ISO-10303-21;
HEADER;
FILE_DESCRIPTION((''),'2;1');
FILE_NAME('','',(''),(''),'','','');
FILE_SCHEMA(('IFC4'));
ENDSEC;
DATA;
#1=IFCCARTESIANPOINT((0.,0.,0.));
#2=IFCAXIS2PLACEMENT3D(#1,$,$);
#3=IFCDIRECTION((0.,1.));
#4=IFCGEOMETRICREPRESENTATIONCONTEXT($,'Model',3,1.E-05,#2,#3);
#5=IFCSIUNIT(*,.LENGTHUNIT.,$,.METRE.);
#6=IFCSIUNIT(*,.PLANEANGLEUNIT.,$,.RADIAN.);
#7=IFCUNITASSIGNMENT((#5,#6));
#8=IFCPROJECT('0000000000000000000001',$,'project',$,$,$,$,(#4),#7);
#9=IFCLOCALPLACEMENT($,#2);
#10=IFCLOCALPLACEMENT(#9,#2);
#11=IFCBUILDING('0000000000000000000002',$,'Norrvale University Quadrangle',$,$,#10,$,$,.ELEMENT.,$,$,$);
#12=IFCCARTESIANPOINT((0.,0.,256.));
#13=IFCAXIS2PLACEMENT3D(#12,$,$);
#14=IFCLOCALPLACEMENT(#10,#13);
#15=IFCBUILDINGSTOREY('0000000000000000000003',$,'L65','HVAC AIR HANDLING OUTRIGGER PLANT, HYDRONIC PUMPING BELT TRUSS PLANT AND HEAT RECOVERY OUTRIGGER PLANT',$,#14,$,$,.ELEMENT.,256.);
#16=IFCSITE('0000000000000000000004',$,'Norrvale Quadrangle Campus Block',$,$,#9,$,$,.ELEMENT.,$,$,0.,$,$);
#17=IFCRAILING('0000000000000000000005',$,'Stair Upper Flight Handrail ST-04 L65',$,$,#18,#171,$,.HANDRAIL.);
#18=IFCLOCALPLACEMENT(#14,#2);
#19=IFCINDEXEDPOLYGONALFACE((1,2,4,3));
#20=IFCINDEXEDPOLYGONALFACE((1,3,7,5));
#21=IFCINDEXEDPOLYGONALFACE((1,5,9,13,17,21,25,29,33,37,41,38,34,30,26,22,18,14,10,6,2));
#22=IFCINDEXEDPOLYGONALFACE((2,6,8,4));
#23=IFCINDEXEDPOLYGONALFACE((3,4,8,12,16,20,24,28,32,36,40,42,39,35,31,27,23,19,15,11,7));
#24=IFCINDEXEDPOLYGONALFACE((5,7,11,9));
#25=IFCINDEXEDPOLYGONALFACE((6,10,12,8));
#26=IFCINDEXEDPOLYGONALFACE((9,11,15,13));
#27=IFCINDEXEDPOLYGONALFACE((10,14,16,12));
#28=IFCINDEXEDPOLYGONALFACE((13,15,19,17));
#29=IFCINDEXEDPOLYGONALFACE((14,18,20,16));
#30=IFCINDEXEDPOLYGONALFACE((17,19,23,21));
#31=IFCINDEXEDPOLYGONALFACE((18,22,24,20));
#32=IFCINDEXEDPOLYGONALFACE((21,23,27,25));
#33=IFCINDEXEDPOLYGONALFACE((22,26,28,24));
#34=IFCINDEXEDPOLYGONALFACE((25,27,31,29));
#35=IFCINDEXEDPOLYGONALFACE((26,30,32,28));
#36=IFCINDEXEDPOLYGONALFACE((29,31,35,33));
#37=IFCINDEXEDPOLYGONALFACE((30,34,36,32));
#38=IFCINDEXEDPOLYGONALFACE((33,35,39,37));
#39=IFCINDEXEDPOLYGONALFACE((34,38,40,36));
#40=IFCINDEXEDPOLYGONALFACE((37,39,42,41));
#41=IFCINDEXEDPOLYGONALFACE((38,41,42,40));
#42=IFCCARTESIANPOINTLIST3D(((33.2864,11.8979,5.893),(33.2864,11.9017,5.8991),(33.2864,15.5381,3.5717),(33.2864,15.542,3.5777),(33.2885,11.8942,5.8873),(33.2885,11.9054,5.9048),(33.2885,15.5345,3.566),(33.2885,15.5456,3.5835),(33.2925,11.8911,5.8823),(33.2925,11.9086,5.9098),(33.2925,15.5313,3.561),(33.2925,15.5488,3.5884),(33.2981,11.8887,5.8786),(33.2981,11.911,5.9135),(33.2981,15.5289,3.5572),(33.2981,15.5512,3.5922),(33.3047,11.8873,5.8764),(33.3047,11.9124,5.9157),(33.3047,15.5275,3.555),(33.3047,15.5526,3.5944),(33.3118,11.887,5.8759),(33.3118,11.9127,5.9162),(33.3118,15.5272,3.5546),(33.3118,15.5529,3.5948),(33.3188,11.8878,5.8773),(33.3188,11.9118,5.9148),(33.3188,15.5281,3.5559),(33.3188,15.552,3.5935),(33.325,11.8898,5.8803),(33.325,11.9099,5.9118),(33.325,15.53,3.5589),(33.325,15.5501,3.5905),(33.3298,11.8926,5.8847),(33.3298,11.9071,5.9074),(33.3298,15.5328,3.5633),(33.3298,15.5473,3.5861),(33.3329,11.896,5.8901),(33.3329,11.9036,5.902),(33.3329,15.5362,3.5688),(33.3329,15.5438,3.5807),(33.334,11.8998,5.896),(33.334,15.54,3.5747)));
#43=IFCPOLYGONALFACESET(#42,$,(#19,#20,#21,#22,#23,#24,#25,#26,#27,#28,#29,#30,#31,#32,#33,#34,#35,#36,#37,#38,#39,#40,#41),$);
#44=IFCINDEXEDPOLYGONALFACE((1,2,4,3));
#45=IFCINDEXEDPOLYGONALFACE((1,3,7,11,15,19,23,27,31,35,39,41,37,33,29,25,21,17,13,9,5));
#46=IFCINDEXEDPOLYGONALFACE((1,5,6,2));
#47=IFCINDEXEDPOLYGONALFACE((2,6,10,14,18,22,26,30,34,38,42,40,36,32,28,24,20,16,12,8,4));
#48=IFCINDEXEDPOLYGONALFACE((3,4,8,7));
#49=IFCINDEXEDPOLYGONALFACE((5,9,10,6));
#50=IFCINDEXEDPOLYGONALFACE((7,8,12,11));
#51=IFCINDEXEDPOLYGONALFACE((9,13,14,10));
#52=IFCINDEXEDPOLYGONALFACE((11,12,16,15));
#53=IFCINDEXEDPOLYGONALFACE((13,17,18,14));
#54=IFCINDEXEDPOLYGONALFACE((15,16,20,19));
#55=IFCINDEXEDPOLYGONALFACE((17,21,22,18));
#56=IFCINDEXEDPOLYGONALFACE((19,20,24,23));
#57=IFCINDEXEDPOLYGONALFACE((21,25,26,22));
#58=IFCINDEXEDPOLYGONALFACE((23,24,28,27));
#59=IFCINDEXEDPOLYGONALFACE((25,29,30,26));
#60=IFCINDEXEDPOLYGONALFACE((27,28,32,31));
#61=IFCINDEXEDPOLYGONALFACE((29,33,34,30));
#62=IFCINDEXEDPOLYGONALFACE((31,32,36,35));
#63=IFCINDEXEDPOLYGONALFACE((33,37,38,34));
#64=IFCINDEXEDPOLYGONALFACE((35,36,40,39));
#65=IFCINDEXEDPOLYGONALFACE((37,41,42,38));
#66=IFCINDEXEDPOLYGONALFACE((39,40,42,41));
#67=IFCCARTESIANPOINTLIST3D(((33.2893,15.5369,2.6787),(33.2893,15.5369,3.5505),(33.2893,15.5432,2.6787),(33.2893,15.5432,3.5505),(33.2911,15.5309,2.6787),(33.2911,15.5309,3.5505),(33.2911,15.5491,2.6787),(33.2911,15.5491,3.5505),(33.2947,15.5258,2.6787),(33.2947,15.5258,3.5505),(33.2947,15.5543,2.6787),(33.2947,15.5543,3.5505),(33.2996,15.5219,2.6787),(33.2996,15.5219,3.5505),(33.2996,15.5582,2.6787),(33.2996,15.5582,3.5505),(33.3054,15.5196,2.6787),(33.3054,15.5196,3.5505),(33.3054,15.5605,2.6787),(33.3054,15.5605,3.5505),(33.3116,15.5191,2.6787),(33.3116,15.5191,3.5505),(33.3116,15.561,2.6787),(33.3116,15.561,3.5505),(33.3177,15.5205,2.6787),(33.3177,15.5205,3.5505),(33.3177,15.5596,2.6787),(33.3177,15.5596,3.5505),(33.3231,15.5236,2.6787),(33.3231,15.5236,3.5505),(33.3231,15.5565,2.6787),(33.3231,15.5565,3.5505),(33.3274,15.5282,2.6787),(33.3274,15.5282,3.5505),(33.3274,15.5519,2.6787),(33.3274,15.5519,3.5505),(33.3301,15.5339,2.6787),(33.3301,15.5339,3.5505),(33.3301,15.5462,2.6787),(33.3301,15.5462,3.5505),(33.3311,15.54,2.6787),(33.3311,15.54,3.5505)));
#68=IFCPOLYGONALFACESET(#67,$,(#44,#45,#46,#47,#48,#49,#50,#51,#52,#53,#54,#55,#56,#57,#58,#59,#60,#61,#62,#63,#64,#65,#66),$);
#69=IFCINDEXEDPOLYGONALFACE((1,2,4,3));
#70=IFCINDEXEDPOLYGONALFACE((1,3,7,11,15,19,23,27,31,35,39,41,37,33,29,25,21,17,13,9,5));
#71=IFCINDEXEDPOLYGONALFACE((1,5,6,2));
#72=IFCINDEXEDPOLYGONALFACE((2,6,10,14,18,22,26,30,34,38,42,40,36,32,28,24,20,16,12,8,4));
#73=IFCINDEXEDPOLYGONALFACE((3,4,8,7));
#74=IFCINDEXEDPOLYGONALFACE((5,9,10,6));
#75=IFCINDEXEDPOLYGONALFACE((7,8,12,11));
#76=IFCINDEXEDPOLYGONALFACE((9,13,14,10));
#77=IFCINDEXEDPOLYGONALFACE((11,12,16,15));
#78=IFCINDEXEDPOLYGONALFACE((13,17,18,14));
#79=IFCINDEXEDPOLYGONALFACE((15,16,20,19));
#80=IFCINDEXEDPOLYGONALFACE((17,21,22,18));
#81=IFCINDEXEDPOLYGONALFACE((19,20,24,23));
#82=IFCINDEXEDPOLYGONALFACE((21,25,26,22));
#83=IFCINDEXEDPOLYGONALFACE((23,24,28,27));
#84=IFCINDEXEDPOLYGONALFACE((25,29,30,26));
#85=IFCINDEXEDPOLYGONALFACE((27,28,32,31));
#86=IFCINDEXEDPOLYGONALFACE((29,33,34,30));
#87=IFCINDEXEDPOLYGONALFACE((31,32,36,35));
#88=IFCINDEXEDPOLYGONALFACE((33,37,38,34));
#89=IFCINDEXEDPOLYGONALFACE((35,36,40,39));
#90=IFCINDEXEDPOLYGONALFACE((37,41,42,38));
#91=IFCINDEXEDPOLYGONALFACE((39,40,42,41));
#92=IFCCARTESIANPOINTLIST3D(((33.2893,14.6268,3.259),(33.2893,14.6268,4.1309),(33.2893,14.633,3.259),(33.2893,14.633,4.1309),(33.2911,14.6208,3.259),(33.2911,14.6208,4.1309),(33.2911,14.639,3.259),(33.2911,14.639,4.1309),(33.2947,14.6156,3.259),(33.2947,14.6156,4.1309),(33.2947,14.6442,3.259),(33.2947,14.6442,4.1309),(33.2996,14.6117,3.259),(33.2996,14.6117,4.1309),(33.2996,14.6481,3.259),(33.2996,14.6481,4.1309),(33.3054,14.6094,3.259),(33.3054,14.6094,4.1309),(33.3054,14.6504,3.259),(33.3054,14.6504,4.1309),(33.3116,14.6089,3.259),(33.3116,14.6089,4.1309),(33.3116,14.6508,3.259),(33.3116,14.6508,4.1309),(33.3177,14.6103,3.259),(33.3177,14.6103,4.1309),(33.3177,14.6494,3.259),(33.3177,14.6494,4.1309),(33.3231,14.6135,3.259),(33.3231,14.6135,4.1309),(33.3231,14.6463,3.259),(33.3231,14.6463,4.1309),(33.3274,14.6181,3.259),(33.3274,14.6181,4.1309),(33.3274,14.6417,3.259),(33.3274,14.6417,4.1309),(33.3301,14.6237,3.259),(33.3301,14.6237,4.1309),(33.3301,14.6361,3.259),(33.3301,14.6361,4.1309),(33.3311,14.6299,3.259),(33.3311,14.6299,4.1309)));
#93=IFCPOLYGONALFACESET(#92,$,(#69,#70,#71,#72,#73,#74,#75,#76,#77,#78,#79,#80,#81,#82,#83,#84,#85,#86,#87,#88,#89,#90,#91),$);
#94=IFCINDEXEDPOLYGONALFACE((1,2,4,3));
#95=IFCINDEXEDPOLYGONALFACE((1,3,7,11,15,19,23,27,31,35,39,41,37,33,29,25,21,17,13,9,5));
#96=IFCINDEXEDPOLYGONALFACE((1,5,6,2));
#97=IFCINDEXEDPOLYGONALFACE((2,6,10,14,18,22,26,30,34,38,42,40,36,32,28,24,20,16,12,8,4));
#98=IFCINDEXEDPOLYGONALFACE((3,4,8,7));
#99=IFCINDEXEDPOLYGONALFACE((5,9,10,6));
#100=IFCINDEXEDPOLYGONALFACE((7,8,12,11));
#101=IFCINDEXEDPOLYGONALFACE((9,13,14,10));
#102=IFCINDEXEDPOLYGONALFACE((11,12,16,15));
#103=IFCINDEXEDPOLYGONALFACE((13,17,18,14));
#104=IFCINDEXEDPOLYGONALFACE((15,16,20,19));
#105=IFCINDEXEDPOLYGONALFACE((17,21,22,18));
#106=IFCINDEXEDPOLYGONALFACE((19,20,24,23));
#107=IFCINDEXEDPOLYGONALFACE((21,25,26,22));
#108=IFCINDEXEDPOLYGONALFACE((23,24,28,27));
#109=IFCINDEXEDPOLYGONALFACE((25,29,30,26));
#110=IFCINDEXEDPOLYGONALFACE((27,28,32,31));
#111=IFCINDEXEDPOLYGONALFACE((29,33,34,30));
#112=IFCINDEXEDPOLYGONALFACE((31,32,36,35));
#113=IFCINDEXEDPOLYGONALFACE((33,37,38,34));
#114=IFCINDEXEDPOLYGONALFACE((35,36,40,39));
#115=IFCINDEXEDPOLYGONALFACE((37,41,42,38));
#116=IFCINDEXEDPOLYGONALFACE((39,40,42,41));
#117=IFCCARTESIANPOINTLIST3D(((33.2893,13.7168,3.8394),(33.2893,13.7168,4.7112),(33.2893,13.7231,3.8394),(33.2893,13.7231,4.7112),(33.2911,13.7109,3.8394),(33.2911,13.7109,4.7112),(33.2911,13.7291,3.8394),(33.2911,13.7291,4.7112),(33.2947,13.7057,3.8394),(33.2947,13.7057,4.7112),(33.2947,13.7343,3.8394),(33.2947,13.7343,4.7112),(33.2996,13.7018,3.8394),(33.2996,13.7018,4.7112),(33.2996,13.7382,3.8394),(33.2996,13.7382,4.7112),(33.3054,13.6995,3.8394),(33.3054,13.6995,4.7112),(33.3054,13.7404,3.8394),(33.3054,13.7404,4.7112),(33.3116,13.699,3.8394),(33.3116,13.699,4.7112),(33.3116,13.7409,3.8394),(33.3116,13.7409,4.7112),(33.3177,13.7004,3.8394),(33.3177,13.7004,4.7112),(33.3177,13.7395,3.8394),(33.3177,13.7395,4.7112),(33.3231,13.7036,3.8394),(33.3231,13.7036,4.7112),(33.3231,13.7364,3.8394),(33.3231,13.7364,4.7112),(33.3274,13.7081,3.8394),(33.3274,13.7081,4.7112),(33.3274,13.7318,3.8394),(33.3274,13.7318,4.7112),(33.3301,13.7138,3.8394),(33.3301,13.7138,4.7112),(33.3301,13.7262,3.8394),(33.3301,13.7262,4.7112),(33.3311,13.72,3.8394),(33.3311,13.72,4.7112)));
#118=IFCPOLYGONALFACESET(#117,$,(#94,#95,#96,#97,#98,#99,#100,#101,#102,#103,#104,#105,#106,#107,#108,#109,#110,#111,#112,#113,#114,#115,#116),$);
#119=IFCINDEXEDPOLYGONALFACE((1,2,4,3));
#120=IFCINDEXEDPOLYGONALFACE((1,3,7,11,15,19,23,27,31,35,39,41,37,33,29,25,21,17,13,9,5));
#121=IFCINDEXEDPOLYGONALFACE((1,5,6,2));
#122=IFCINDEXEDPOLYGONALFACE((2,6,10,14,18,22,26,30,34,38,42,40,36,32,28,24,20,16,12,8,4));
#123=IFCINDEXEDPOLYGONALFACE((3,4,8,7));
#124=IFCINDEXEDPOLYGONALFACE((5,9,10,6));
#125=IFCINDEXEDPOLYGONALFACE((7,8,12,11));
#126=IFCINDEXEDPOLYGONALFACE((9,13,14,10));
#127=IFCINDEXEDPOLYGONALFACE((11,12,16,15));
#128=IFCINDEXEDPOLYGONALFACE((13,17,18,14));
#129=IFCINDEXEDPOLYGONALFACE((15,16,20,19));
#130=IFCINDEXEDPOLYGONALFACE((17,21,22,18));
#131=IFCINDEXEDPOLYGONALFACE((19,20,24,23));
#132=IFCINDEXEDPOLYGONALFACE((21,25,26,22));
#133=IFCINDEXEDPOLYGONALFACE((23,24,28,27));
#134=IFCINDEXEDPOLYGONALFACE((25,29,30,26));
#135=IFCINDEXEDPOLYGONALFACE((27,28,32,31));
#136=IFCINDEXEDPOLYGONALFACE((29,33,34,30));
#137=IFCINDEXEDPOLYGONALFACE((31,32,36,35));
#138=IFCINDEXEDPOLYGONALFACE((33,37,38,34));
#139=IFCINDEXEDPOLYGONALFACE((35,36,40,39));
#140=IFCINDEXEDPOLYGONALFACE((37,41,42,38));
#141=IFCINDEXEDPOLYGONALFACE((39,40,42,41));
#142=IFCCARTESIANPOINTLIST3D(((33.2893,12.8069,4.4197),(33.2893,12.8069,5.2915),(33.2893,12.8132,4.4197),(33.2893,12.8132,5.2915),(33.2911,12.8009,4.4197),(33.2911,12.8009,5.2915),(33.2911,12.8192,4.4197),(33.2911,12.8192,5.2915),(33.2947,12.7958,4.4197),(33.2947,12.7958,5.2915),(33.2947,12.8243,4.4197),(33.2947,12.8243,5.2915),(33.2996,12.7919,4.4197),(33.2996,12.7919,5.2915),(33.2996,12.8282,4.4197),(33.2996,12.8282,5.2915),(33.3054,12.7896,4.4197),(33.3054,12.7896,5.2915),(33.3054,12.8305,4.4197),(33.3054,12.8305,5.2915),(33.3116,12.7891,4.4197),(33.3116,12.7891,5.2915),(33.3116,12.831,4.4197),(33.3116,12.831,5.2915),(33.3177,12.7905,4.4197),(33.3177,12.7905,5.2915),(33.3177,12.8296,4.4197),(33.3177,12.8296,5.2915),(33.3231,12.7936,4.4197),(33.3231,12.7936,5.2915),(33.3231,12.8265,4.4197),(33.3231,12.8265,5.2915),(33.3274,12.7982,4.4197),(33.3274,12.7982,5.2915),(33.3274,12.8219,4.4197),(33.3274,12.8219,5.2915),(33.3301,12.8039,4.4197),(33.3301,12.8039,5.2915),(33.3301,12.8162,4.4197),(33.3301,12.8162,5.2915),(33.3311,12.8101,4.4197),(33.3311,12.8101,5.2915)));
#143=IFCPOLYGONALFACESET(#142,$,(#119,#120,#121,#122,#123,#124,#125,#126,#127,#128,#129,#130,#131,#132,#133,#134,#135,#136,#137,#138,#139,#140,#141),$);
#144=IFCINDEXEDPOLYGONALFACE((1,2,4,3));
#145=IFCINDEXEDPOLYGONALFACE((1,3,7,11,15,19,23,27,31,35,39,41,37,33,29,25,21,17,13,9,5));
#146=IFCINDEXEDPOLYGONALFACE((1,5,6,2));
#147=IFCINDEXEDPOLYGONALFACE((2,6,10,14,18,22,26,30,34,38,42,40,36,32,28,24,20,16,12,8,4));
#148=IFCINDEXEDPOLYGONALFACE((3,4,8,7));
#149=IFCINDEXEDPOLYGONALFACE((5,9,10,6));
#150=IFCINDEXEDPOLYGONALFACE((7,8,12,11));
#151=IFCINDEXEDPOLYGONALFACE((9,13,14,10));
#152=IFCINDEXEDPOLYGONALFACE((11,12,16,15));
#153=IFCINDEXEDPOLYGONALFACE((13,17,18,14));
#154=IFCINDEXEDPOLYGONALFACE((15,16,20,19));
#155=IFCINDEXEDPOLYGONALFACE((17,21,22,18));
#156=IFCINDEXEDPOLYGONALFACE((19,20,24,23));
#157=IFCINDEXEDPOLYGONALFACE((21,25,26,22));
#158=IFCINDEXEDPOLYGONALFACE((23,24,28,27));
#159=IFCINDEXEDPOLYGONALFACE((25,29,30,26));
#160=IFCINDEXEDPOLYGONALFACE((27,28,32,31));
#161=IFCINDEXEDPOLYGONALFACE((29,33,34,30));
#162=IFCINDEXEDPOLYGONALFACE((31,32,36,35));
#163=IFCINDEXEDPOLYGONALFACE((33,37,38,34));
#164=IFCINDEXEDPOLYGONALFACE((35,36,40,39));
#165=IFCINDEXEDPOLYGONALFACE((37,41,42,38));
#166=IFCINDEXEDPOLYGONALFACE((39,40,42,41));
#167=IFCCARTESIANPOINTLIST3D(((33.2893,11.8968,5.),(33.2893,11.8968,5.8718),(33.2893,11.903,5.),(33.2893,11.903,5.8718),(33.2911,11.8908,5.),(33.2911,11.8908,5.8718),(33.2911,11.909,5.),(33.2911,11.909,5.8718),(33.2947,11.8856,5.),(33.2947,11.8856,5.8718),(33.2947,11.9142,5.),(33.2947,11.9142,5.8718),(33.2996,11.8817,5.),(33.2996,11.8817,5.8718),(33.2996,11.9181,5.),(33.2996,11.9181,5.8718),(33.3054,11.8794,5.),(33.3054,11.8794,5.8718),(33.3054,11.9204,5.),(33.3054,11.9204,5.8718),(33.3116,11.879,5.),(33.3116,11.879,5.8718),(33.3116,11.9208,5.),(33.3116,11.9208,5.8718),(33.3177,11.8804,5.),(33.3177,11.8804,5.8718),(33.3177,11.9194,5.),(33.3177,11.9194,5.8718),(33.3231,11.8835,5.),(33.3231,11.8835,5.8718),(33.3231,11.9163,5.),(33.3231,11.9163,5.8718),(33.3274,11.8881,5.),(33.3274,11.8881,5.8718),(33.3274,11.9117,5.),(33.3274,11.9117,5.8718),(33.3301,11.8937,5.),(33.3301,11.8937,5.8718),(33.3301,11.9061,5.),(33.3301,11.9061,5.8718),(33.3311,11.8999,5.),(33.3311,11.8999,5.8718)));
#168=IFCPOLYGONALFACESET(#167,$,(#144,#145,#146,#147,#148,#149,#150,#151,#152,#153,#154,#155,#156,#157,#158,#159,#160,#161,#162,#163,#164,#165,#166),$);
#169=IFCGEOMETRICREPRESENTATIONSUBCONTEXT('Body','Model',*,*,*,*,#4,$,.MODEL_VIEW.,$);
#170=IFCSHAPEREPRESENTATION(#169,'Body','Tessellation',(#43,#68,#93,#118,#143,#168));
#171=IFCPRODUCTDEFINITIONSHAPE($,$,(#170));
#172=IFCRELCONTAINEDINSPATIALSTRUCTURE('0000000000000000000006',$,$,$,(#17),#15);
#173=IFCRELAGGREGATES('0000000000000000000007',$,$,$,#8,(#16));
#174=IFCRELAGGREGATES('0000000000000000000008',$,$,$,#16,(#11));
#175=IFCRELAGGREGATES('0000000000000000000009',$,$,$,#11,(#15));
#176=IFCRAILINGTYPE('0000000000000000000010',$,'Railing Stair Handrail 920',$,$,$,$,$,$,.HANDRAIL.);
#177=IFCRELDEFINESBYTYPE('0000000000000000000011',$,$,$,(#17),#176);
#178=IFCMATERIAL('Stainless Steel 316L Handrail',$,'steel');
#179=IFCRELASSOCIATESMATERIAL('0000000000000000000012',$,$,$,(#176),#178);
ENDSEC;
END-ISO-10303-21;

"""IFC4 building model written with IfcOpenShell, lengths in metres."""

from ifc_helpers import new_model, si_unit, direction, frame, origin, origin_2d, place, context, subcontext, project, spatial, circle, extrude, material, type_object, element, save


model = new_model("IFC4")

# Units and contexts
model_context = context("Model", 3, precision=1e-05, world=origin(), true_north=direction((0.0, 1.0)))
body_context = subcontext(model_context, "Body", "Model", "MODEL_VIEW")
ifc_project = project(units=[si_unit("LENGTHUNIT", "METRE"), si_unit("PLANEANGLEUNIT", "RADIAN")], contexts=[model_context])

# Site, building, storey
site_placement = place(None, origin())
site = spatial("IfcSite", under=ifc_project, at=site_placement, Name="Norrvale Quadrangle Campus Block", CompositionType="ELEMENT", RefElevation=0.0)
building_placement = place(site_placement, origin())
building = spatial("IfcBuilding", under=site, at=building_placement, Name="Norrvale University Quadrangle", CompositionType="ELEMENT")
storey_placement = place(building_placement, frame((0.0, 0.0, 256.0)))
storey = spatial("IfcBuildingStorey", under=building, at=storey_placement, Name="L65", Description="HVAC AIR HANDLING OUTRIGGER PLANT, HYDRONIC PUMPING BELT TRUSS PLANT AND HEAT RECOVERY OUTRIGGER PLANT", CompositionType="ELEMENT", Elevation=256.0)

# Railing
ifc_material_1 = material(Name="Stainless Steel 316L Handrail", Category="steel")
railing_type_1 = type_object("IfcRailingType", Name="Railing Stair Handrail 920", PredefinedType="HANDRAIL", material=ifc_material_1)
railing_1_placement = place(storey_placement, frame((33.3101, 15.54, 2.6787)))
element("IfcRailing", 1, at=railing_1_placement, inside=storey, type_object=railing_type_1, Name="Stair Upper Flight Handrail ST-04 L65", PredefinedType="HANDRAIL", context=body_context, shape_type="SweptSolid", body=[
    extrude(circle(Radius=0.0239, at=origin_2d()), frame((0.0, 0.0, 0.896), z_axis=(0.0, -0.843153, 0.537673), x_axis=(1.0, 0.0, 0.0)), (0.0, 0.0, 1.0), 4.3174),
    extrude(circle(Radius=0.021, at=origin_2d()), origin(), (0.0, 0.0, 1.0), 0.8718),
    extrude(circle(Radius=0.021, at=origin_2d()), frame((0.0, -0.9102, 0.5803)), (0.0, 0.0, 1.0), 0.8718),
    extrude(circle(Radius=0.021, at=origin_2d()), frame((0.0, -1.8201, 1.1606)), (0.0, 0.0, 1.0), 0.8718),
    extrude(circle(Radius=0.021, at=origin_2d()), frame((0.0, -2.73, 1.741)), (0.0, 0.0, 1.0), 0.8718),
    extrude(circle(Radius=0.021, at=origin_2d()), frame((0.0, -3.6401, 2.3213)), (0.0, 0.0, 1.0), 0.8718),
])

save(model, "model.ifc")
